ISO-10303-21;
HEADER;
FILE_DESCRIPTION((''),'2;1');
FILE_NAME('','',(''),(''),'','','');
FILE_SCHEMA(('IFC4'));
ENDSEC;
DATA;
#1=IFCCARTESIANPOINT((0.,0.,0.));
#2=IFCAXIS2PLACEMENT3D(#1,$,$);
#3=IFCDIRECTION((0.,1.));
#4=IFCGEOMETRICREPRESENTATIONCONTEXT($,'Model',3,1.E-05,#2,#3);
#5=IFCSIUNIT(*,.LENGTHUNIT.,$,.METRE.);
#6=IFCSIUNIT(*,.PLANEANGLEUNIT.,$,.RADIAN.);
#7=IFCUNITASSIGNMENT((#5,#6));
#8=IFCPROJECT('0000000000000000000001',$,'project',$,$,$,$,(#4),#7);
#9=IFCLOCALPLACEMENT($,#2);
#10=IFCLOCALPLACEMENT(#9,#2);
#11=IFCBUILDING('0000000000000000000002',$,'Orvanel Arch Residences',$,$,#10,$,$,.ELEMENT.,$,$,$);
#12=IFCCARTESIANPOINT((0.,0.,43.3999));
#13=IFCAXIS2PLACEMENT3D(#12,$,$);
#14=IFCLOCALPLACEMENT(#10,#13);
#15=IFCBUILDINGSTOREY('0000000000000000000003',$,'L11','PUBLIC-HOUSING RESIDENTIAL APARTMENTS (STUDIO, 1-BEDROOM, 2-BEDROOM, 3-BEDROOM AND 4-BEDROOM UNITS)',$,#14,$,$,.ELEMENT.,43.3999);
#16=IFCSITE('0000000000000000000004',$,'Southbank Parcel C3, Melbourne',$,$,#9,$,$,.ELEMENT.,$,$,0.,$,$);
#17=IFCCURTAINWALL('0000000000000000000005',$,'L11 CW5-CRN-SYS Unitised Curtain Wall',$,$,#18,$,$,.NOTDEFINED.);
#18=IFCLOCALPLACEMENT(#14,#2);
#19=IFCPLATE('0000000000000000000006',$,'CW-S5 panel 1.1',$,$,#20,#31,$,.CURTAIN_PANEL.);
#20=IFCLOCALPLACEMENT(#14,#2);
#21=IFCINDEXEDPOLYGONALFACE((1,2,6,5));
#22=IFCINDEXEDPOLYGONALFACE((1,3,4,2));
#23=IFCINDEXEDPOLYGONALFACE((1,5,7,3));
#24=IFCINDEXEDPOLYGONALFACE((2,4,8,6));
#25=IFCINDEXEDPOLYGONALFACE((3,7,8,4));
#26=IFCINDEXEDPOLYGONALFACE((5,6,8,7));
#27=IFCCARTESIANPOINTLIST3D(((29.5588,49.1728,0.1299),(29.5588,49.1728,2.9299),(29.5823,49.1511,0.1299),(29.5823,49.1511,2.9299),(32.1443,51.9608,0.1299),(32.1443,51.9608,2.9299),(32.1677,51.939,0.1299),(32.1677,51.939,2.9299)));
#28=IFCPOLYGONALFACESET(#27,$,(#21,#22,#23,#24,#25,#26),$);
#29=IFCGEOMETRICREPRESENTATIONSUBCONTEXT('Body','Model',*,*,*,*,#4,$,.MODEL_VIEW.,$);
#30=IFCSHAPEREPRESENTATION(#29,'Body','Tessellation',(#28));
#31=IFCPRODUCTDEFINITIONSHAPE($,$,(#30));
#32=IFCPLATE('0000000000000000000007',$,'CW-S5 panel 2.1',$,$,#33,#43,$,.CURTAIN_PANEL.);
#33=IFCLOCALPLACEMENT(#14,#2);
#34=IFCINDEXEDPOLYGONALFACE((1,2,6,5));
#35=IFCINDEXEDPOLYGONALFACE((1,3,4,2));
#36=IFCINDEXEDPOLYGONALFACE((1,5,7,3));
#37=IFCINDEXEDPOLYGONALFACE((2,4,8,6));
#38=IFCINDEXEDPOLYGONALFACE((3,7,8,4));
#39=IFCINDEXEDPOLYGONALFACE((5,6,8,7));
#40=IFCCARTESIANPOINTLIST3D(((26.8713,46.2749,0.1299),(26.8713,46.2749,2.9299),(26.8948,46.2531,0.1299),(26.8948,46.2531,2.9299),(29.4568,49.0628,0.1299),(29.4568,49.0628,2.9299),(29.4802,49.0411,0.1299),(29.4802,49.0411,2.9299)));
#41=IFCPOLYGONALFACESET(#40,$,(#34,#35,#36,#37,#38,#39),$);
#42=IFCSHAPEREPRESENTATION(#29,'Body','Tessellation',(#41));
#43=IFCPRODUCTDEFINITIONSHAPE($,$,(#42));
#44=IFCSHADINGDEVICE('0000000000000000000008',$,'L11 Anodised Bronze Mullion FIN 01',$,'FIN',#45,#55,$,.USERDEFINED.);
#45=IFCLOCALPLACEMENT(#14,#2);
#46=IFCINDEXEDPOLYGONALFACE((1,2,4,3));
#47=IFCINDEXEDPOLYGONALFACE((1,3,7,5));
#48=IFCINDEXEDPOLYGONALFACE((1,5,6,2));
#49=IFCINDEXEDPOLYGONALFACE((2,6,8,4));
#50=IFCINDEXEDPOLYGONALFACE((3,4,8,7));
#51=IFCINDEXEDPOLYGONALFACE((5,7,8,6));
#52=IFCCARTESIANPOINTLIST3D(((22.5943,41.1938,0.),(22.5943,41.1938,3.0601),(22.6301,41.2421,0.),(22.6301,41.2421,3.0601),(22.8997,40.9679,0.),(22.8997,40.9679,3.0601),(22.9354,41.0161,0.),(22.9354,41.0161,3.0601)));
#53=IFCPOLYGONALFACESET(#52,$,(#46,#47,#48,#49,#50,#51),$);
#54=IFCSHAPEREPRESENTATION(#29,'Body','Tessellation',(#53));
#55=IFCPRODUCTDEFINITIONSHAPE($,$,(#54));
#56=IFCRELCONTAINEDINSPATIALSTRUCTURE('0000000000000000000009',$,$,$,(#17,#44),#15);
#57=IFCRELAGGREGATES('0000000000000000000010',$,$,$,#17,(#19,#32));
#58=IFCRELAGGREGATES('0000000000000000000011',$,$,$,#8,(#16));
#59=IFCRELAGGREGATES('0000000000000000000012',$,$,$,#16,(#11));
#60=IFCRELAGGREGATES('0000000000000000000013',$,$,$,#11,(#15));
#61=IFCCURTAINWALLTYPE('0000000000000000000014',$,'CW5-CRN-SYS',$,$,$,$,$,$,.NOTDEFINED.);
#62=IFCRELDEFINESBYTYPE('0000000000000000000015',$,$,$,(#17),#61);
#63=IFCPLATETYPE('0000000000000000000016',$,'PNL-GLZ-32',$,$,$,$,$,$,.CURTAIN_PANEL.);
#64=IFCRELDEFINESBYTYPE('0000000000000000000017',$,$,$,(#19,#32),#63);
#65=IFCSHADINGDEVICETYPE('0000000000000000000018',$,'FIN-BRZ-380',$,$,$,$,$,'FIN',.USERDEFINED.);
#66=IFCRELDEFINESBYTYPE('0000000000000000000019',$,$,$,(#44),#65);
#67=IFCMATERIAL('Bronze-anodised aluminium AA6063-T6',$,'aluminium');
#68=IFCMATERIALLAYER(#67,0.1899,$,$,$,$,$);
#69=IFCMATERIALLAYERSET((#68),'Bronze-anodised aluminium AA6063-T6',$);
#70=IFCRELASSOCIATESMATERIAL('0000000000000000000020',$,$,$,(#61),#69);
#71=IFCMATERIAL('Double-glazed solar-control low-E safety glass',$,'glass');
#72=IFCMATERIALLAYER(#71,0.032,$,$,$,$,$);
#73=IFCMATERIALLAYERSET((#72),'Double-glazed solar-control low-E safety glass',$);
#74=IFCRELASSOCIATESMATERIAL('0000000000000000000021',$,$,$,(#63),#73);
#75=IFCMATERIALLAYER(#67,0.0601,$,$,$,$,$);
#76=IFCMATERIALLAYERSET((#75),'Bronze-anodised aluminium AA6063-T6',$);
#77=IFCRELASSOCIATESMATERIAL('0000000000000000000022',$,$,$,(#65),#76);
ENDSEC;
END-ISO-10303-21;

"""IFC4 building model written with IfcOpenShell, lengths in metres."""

from ifc_helpers import new_model, si_unit, direction, frame, origin, origin_2d, place, context, subcontext, project, spatial, rectangle, extrude, material, layer, layer_set, type_object, element, aggregate, save


model = new_model("IFC4")

# Units and contexts
model_context = context("Model", 3, precision=1e-05, world=origin(), true_north=direction((0.0, 1.0)))
body_context = subcontext(model_context, "Body", "Model", "MODEL_VIEW")
ifc_project = project(units=[si_unit("LENGTHUNIT", "METRE"), si_unit("PLANEANGLEUNIT", "RADIAN")], contexts=[model_context])

# Site, building, storey
site_placement = place(None, origin())
site = spatial("IfcSite", under=ifc_project, at=site_placement, Name="Southbank Parcel C3, Melbourne", CompositionType="ELEMENT", RefElevation=0.0)
building_placement = place(site_placement, origin())
building = spatial("IfcBuilding", under=site, at=building_placement, Name="Orvanel Arch Residences", CompositionType="ELEMENT")
storey_placement = place(building_placement, frame((0.0, 0.0, 43.3999)))
storey = spatial("IfcBuildingStorey", under=building, at=storey_placement, Name="L11", Description="PUBLIC-HOUSING RESIDENTIAL APARTMENTS (STUDIO, 1-BEDROOM, 2-BEDROOM, 3-BEDROOM AND 4-BEDROOM UNITS)", CompositionType="ELEMENT", Elevation=43.3999)

# Shared definitions
ifc_material_1 = material(Name="Bronze-anodised aluminium AA6063-T6", Category="aluminium")
ifc_layer_1 = layer(ifc_material_1, 0.1899)
ifc_layer_set_1 = layer_set([ifc_layer_1], Name="Bronze-anodised aluminium AA6063-T6")
curtain_wall_type_1 = type_object("IfcCurtainWallType", Name="CW5-CRN-SYS", PredefinedType="NOTDEFINED", material=ifc_layer_set_1)

# Curtain wall
curtain_wall_1_placement = place(storey_placement, origin())
curtain_wall_1 = element("IfcCurtainWall", 1, at=curtain_wall_1_placement, inside=storey, type_object=curtain_wall_type_1, Name="L11 CW5-CRN-SYS Unitised Curtain Wall", PredefinedType="NOTDEFINED")

# Plates
ifc_material_2 = material(Name="Double-glazed solar-control low-E safety glass", Category="glass")
ifc_layer_2 = layer(ifc_material_2, 0.032)
ifc_layer_set_2 = layer_set([ifc_layer_2], Name="Double-glazed solar-control low-E safety glass")
plate_type_1 = type_object("IfcPlateType", Name="PNL-GLZ-32", PredefinedType="CURTAIN_PANEL", material=ifc_layer_set_2)
plate_1_placement = place(storey_placement, frame((30.8633, 50.5559, 0.1299), z_axis=(0.0, 0.0, 1.0), x_axis=(-0.679975, -0.733236, 0.0)))
plate_1 = element("IfcPlate", 2, at=plate_1_placement, type_object=plate_type_1, Name="CW-S5 panel 1.1", PredefinedType="CURTAIN_PANEL", context=body_context, shape_type="SweptSolid", body=[
    extrude(rectangle(XDim=3.8022, YDim=0.032, at=origin_2d()), origin(), (0.0, 0.0, 1.0), 2.8),
])
plate_2_placement = place(storey_placement, frame((28.1758, 47.658, 0.1299), z_axis=(0.0, 0.0, 1.0), x_axis=(-0.679975, -0.733236, 0.0)))
plate_2 = element("IfcPlate", 3, at=plate_2_placement, type_object=plate_type_1, Name="CW-S5 panel 2.1", PredefinedType="CURTAIN_PANEL", context=body_context, shape_type="SweptSolid", body=[
    extrude(rectangle(XDim=3.8022, YDim=0.032, at=origin_2d()), origin(), (0.0, 0.0, 1.0), 2.8),
])
aggregate(curtain_wall_1, [plate_1, plate_2])

# Shading device
ifc_layer_3 = layer(ifc_material_1, 0.0601)
ifc_layer_set_3 = layer_set([ifc_layer_3], Name="Bronze-anodised aluminium AA6063-T6")
shading_device_type = type_object("IfcShadingDeviceType", Name="FIN-BRZ-380", ElementType="FIN", PredefinedType="USERDEFINED", material=ifc_layer_set_3)
shading_device_placement = place(storey_placement, frame((22.7649, 41.105, 0.0), z_axis=(0.0, 0.0, 1.0), x_axis=(-0.803857, 0.594823, 0.0)))
element("IfcShadingDevice", 4, at=shading_device_placement, inside=storey, type_object=shading_device_type, Name="L11 Anodised Bronze Mullion FIN 01", ObjectType="FIN", PredefinedType="USERDEFINED", context=body_context, shape_type="SweptSolid", body=[
    extrude(rectangle(XDim=0.3799, YDim=0.0601, at=origin_2d()), origin(), (0.0, 0.0, 1.0), 3.0601),
])

save(model, "model.ifc")
